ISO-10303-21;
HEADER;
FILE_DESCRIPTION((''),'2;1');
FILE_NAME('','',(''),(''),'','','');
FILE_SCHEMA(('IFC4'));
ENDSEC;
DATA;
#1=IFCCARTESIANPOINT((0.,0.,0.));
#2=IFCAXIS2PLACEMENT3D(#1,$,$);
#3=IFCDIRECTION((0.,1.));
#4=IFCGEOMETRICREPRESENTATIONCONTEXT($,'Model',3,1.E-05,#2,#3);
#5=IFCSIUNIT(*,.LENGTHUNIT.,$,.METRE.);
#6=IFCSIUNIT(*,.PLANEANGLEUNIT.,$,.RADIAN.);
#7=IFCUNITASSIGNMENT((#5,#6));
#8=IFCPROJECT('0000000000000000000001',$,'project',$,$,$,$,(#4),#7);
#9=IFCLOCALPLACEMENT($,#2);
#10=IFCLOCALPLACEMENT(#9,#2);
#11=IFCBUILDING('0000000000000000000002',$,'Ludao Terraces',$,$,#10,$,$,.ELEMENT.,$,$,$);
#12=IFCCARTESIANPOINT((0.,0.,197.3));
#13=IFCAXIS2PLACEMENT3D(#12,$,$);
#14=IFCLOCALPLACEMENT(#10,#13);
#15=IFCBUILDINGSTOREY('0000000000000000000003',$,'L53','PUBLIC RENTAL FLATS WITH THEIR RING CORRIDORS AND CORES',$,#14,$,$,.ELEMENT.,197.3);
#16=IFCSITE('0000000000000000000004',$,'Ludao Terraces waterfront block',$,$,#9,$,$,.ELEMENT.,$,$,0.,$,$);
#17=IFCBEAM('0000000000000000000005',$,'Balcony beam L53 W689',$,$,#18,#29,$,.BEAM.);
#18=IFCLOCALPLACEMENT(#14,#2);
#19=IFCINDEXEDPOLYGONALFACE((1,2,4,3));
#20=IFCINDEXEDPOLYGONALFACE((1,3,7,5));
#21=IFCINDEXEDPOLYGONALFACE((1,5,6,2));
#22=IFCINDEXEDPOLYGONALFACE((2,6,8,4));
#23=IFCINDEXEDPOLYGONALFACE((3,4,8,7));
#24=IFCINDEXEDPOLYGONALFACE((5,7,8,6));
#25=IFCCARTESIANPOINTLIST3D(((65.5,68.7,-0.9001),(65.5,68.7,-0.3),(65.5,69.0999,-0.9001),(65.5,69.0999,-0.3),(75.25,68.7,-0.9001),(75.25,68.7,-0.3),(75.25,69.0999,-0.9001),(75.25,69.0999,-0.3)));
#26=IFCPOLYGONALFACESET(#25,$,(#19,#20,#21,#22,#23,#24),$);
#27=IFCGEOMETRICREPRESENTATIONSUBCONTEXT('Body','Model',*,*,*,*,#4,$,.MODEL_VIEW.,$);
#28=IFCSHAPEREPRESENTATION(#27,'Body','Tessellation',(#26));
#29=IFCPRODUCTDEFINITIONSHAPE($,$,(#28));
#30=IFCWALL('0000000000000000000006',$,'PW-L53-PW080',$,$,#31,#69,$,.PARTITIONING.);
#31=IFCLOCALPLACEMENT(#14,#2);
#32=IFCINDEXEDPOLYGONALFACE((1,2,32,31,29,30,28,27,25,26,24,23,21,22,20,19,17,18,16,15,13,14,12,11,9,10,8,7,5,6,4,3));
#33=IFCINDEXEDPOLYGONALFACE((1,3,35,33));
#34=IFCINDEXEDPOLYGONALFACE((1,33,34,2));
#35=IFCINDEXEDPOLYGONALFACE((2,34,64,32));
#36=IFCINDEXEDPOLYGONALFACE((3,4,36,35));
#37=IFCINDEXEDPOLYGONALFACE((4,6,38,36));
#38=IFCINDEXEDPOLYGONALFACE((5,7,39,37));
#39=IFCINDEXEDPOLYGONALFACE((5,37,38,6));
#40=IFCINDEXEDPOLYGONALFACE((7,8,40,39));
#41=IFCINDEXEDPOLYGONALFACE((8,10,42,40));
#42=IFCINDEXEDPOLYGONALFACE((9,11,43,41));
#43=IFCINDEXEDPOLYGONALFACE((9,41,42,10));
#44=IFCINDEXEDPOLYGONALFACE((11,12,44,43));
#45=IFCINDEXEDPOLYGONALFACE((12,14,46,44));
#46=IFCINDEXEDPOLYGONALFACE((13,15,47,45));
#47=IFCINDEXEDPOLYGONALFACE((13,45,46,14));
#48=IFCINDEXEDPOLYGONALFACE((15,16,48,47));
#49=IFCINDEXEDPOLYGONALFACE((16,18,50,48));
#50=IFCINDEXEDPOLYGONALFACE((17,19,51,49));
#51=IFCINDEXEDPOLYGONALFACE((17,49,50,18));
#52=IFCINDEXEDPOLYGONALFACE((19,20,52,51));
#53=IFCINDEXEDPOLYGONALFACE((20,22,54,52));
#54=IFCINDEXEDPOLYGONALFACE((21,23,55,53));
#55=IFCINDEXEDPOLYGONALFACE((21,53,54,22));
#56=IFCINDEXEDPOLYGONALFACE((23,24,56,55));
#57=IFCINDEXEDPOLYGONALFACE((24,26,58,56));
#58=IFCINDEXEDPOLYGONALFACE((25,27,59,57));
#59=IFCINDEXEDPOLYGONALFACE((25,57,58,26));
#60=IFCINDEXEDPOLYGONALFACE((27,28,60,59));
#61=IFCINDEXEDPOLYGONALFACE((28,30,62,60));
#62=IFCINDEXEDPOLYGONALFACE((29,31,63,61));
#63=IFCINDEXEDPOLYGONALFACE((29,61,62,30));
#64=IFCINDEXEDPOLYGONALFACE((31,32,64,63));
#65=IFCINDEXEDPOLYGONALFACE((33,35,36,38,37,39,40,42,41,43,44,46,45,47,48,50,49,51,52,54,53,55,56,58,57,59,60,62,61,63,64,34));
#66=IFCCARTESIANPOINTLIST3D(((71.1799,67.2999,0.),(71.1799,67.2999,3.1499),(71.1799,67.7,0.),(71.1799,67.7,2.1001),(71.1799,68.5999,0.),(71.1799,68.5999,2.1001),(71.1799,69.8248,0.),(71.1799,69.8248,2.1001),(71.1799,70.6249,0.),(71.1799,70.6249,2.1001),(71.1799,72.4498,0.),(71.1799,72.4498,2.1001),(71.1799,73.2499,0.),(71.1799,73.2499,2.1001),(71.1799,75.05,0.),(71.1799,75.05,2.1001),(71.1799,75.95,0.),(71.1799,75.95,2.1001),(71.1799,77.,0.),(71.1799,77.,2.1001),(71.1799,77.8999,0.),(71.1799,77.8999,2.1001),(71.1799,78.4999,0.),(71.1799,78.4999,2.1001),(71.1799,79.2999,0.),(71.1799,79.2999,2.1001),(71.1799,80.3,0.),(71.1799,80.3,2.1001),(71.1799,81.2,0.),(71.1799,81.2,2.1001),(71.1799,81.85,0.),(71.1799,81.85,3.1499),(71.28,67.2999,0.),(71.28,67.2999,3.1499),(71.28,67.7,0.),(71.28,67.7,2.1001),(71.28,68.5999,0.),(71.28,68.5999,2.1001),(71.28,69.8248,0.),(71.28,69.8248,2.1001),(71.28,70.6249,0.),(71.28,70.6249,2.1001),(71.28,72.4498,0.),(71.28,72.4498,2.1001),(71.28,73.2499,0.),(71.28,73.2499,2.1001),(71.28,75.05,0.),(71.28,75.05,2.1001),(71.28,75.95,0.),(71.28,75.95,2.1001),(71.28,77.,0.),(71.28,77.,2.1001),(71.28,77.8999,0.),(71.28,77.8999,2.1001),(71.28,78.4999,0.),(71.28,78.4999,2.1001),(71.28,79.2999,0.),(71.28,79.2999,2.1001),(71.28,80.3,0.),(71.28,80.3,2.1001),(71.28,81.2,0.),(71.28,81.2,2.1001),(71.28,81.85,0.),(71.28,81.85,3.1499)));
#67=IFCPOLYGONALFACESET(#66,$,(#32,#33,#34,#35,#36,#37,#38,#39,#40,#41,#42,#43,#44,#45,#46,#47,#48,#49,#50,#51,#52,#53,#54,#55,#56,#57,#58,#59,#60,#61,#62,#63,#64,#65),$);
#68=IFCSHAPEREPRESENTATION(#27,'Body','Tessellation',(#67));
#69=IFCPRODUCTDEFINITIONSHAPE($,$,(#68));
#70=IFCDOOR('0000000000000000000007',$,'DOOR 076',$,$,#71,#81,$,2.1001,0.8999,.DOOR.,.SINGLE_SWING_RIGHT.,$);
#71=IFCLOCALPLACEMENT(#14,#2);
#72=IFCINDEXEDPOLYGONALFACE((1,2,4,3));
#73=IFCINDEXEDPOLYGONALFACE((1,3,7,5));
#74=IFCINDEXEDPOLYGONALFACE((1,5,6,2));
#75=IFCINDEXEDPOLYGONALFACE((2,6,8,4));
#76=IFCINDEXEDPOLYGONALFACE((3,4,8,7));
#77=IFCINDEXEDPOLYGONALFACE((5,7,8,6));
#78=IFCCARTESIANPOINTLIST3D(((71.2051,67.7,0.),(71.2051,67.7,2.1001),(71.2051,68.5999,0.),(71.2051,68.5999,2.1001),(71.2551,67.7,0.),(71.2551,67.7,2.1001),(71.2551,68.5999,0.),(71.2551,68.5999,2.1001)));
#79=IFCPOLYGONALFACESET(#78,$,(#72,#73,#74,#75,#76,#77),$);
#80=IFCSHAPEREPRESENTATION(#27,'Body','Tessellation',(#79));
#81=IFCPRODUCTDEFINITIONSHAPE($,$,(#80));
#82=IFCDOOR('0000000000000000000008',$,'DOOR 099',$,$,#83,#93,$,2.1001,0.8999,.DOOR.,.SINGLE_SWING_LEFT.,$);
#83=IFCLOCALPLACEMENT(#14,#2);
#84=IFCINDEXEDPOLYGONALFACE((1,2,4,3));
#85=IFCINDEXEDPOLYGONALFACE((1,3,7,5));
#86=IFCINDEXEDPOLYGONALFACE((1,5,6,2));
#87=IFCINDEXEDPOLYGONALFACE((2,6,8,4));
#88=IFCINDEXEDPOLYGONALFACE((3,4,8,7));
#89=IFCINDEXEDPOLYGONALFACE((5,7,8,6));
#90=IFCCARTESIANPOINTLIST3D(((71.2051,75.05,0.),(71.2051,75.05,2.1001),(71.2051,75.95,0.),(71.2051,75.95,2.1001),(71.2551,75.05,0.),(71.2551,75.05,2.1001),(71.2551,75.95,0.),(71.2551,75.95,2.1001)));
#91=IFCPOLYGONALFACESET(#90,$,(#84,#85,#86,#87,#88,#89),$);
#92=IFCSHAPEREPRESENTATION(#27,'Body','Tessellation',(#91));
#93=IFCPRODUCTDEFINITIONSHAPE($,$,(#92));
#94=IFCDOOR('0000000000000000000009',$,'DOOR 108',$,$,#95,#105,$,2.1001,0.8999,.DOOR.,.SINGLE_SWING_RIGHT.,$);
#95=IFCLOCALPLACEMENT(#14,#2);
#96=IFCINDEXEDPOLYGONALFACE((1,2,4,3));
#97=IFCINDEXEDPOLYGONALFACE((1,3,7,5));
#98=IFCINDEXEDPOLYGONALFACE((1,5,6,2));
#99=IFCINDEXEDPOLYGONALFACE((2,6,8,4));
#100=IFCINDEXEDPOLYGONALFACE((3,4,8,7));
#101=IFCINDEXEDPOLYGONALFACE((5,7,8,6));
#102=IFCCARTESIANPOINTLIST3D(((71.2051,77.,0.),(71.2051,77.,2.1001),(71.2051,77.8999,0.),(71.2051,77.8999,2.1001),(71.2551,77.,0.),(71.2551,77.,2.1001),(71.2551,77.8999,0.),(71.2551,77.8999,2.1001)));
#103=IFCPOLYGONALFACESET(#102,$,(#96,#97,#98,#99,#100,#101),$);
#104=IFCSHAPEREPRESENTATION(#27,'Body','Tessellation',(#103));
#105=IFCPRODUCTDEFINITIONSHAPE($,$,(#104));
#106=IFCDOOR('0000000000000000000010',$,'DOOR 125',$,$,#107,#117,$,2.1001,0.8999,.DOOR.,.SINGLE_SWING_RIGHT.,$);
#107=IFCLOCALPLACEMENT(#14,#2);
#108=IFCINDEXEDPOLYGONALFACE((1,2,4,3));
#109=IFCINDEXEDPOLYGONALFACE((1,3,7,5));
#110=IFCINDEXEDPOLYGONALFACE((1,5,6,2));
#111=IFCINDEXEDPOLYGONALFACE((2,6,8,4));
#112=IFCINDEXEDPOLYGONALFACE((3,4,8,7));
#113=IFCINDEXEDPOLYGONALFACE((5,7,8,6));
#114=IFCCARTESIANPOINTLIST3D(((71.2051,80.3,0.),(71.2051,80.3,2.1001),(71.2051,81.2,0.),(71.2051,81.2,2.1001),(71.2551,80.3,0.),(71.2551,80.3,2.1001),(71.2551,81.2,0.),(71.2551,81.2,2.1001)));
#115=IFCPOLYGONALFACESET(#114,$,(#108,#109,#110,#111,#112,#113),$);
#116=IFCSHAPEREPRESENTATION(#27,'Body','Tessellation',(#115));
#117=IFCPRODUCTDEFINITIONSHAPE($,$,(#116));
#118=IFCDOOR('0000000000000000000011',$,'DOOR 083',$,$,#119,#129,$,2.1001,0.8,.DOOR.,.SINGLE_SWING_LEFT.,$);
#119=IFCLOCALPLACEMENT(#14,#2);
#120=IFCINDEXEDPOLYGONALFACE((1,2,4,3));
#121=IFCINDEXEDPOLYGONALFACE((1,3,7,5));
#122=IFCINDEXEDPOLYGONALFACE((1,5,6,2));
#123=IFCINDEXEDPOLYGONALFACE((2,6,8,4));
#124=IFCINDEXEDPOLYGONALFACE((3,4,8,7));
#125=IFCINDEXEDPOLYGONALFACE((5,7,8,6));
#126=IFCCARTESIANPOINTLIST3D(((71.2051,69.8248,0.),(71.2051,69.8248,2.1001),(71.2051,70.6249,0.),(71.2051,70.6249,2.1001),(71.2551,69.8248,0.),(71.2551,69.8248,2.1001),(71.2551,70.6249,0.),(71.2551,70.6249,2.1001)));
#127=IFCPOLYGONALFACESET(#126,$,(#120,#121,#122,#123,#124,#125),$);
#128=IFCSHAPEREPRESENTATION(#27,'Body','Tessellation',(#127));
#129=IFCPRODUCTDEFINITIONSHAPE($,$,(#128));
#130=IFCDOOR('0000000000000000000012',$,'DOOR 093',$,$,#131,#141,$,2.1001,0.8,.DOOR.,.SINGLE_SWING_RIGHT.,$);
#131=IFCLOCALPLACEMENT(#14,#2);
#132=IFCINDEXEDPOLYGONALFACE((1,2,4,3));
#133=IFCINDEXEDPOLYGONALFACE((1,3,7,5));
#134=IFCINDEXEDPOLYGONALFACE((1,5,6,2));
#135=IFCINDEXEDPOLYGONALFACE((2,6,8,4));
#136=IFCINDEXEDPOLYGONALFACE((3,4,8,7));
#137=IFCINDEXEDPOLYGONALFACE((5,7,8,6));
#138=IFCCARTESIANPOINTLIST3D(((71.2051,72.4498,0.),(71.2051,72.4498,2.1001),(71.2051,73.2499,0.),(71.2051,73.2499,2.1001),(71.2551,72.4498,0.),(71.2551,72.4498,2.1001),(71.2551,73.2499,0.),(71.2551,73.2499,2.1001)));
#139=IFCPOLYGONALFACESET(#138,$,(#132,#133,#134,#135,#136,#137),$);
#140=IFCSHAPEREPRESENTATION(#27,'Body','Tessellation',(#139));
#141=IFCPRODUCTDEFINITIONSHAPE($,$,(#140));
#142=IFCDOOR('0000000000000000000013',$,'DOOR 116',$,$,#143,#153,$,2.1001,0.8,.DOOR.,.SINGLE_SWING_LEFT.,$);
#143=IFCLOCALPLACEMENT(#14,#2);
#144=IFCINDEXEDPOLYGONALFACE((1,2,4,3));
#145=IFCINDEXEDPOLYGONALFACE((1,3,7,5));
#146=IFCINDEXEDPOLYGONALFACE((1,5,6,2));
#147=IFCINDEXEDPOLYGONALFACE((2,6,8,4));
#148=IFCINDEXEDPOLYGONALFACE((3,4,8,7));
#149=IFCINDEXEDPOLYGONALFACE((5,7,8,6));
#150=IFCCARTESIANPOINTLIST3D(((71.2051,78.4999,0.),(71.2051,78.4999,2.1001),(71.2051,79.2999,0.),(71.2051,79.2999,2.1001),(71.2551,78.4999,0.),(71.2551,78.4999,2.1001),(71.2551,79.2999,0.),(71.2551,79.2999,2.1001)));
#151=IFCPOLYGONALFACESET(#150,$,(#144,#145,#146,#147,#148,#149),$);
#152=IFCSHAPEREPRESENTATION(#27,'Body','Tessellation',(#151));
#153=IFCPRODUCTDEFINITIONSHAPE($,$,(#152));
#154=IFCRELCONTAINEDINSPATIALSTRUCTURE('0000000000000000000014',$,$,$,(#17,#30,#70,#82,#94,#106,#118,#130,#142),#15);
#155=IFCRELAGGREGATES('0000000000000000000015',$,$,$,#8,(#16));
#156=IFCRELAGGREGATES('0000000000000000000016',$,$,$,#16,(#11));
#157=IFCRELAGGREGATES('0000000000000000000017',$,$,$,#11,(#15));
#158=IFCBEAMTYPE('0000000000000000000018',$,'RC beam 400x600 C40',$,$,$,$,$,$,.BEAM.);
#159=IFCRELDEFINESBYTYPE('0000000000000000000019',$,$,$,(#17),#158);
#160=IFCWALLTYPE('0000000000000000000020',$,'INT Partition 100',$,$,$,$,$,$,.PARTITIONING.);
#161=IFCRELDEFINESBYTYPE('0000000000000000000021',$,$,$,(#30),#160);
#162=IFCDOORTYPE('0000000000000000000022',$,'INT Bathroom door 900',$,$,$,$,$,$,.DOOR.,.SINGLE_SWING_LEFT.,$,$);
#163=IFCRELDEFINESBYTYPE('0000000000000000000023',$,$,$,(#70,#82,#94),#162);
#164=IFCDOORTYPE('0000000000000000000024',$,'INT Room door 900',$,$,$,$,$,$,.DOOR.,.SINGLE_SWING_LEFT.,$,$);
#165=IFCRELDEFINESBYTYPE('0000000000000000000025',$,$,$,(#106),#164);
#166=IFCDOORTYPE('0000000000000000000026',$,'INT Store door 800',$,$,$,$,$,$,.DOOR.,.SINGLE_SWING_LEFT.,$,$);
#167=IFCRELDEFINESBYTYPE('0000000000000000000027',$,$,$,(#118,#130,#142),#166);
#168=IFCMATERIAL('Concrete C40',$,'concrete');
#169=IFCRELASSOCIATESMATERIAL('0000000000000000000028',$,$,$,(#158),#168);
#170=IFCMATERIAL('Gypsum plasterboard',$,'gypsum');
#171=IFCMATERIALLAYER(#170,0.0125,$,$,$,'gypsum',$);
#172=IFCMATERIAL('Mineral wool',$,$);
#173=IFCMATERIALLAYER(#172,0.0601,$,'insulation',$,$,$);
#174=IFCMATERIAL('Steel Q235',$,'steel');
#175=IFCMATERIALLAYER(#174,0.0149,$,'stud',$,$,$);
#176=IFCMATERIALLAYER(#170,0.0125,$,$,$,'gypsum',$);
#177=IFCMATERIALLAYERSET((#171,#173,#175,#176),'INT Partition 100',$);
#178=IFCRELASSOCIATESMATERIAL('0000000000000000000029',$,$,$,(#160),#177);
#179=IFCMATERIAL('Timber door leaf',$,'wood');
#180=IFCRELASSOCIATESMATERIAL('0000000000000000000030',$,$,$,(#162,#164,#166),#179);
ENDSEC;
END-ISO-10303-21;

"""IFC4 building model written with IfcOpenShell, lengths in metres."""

from ifc_helpers import new_model, si_unit, direction, frame, frame_2d, origin, origin_2d, place, context, subcontext, project, spatial, rectangle, extrude, material, layer, layer_set, material_profile, profile_set, type_object, element, fill, save


model = new_model("IFC4")

# Units and contexts
model_context = context("Model", 3, precision=1e-05, world=origin(), true_north=direction((0.0, 1.0)))
body_context = subcontext(model_context, "Body", "Model", "MODEL_VIEW")
ifc_project = project(units=[si_unit("LENGTHUNIT", "METRE"), si_unit("PLANEANGLEUNIT", "RADIAN")], contexts=[model_context])

# Site, building, storey
site_placement = place(None, origin())
site = spatial("IfcSite", under=ifc_project, at=site_placement, Name="Ludao Terraces waterfront block", CompositionType="ELEMENT", RefElevation=0.0)
building_placement = place(site_placement, origin())
building = spatial("IfcBuilding", under=site, at=building_placement, Name="Ludao Terraces", CompositionType="ELEMENT")
storey_placement = place(building_placement, frame((0.0, 0.0, 197.3)))
storey = spatial("IfcBuildingStorey", under=building, at=storey_placement, Name="L53", Description="PUBLIC RENTAL FLATS WITH THEIR RING CORRIDORS AND CORES", CompositionType="ELEMENT", Elevation=197.3)

# Beam
ifc_material_1 = material(Name="Concrete C40", Category="concrete")
ifc_material_profile = material_profile(ifc_material_1, rectangle(XDim=0.3999, YDim=0.6001, at=origin_2d()), Name="400 X 600")
ifc_profile_set = profile_set([ifc_material_profile], Name="Concrete C40")
beam_type = type_object("IfcBeamType", Name="RC beam 400x600 C40", PredefinedType="BEAM", material=ifc_profile_set)
beam_placement = place(storey_placement, frame((75.25, 68.8999, -0.6001), z_axis=(-1.0, 0.0, 0.0), x_axis=(0.0, -1.0, 0.0)))
element("IfcBeam", 1, at=beam_placement, inside=storey, type_object=beam_type, Name="Balcony beam L53 W689", PredefinedType="BEAM", context=body_context, shape_type="SweptSolid", body=[
    extrude(rectangle(XDim=0.3999, YDim=0.6001, at=origin_2d()), origin(), (0.0, 0.0, 1.0), 9.75),
])

# Wall, openings, doors
ifc_material_2 = material(Name="Gypsum plasterboard", Category="gypsum")
ifc_layer_1 = layer(ifc_material_2, 0.0125, Category="gypsum")
ifc_material_3 = material(Name="Mineral wool")
ifc_layer_2 = layer(ifc_material_3, 0.0601, Name="insulation")
ifc_material_4 = material(Name="Steel Q235", Category="steel")
ifc_layer_3 = layer(ifc_material_4, 0.0149, Name="stud")
ifc_layer_4 = layer(ifc_material_2, 0.0125, Category="gypsum")
ifc_layer_set_1 = layer_set([ifc_layer_1, ifc_layer_2, ifc_layer_3, ifc_layer_4], Name="INT Partition 100")
wall_type_1 = type_object("IfcWallType", Name="INT Partition 100", PredefinedType="PARTITIONING", material=ifc_layer_set_1)
wall_1_placement = place(storey_placement, frame((71.23, 67.3, 0.0), z_axis=(0.0, 0.0, 1.0), x_axis=(0.0, 1.0, 0.0)))
wall_1 = element("IfcWall", 2, at=wall_1_placement, inside=storey, type_object=wall_type_1, Name="PW-L53-PW080", PredefinedType="PARTITIONING", context=body_context, shape_type="SweptSolid", body=[
    extrude(rectangle(XDim=14.55, YDim=0.1001, at=frame_2d((7.2749, 0.0))), origin(), (0.0, 0.0, 1.0), 3.1499),
])
opening_1_placement = place(wall_1_placement, frame((0.3999, 0.0, 0.0)))
opening_1 = element("IfcOpeningElement", 3, at=opening_1_placement, cuts=wall_1, PredefinedType="OPENING", context=body_context, shape_type="SweptSolid", body=[
    extrude(rectangle(XDim=0.8999, YDim=2.1001, at=frame_2d((0.45, 1.05))), frame((0.0, 0.0601, 0.0), z_axis=(0.0, -1.0, 0.0), x_axis=(1.0, 0.0, 0.0)), (0.0, 0.0, 1.0), 0.1201),
])
opening_2_placement = place(wall_1_placement, frame((2.5249, 0.0, 0.0)))
opening_2 = element("IfcOpeningElement", 4, at=opening_2_placement, cuts=wall_1, PredefinedType="OPENING", context=body_context, shape_type="SweptSolid", body=[
    extrude(rectangle(XDim=0.8, YDim=2.1001, at=frame_2d((0.3999, 1.05))), frame((0.0, 0.0601, 0.0), z_axis=(0.0, -1.0, 0.0), x_axis=(1.0, 0.0, 0.0)), (0.0, 0.0, 1.0), 0.1201),
])
opening_3_placement = place(wall_1_placement, frame((5.1499, 0.0, 0.0)))
opening_3 = element("IfcOpeningElement", 5, at=opening_3_placement, cuts=wall_1, PredefinedType="OPENING", context=body_context, shape_type="SweptSolid", body=[
    extrude(rectangle(XDim=0.8, YDim=2.1001, at=frame_2d((0.3999, 1.05))), frame((0.0, 0.0601, 0.0), z_axis=(0.0, -1.0, 0.0), x_axis=(1.0, 0.0, 0.0)), (0.0, 0.0, 1.0), 0.1201),
])
opening_4_placement = place(wall_1_placement, frame((7.75, 0.0, 0.0)))
opening_4 = element("IfcOpeningElement", 6, at=opening_4_placement, cuts=wall_1, PredefinedType="OPENING", context=body_context, shape_type="SweptSolid", body=[
    extrude(rectangle(XDim=0.8999, YDim=2.1001, at=frame_2d((0.45, 1.05))), frame((0.0, 0.0601, 0.0), z_axis=(0.0, -1.0, 0.0), x_axis=(1.0, 0.0, 0.0)), (0.0, 0.0, 1.0), 0.1201),
])
opening_5_placement = place(wall_1_placement, frame((9.7, 0.0, 0.0)))
opening_5 = element("IfcOpeningElement", 7, at=opening_5_placement, cuts=wall_1, PredefinedType="OPENING", context=body_context, shape_type="SweptSolid", body=[
    extrude(rectangle(XDim=0.8999, YDim=2.1001, at=frame_2d((0.45, 1.05))), frame((0.0, 0.0601, 0.0), z_axis=(0.0, -1.0, 0.0), x_axis=(1.0, 0.0, 0.0)), (0.0, 0.0, 1.0), 0.1201),
])
opening_6_placement = place(wall_1_placement, frame((11.2, 0.0, 0.0)))
opening_6 = element("IfcOpeningElement", 8, at=opening_6_placement, cuts=wall_1, PredefinedType="OPENING", context=body_context, shape_type="SweptSolid", body=[
    extrude(rectangle(XDim=0.8, YDim=2.1001, at=frame_2d((0.3999, 1.05))), frame((0.0, 0.0601, 0.0), z_axis=(0.0, -1.0, 0.0), x_axis=(1.0, 0.0, 0.0)), (0.0, 0.0, 1.0), 0.1201),
])
opening_7_placement = place(wall_1_placement, frame((13.0, 0.0, 0.0)))
opening_7 = element("IfcOpeningElement", 9, at=opening_7_placement, cuts=wall_1, PredefinedType="OPENING", context=body_context, shape_type="SweptSolid", body=[
    extrude(rectangle(XDim=0.8999, YDim=2.1001, at=frame_2d((0.45, 1.05))), frame((0.0, 0.0601, 0.0), z_axis=(0.0, -1.0, 0.0), x_axis=(1.0, 0.0, 0.0)), (0.0, 0.0, 1.0), 0.1201),
])
ifc_material_5 = material(Name="Timber door leaf", Category="wood")
door_type_1 = type_object("IfcDoorType", Name="INT Bathroom door 900", OperationType="SINGLE_SWING_LEFT", PredefinedType="DOOR", material=ifc_material_5)
door_1_placement = place(opening_1_placement, origin())
door_1 = element("IfcDoor", 10, at=door_1_placement, inside=storey, type_object=door_type_1, Name="DOOR 076", OperationType="SINGLE_SWING_RIGHT", OverallHeight=2.1001, OverallWidth=0.8999, PredefinedType="DOOR", context=body_context, shape_type="SweptSolid", body=[
    extrude(rectangle(XDim=0.8999, YDim=2.1001, at=frame_2d((0.45, 1.05))), frame((0.0, 0.0249, 0.0), z_axis=(0.0, -1.0, 0.0), x_axis=(1.0, 0.0, 0.0)), (0.0, 0.0, 1.0), 0.05),
])
fill(opening_1, door_1)
door_2_placement = place(opening_4_placement, origin())
door_2 = element("IfcDoor", 11, at=door_2_placement, inside=storey, type_object=door_type_1, Name="DOOR 099", OperationType="SINGLE_SWING_LEFT", OverallHeight=2.1001, OverallWidth=0.8999, PredefinedType="DOOR", context=body_context, shape_type="SweptSolid", body=[
    extrude(rectangle(XDim=0.8999, YDim=2.1001, at=frame_2d((0.45, 1.05))), frame((0.0, 0.0249, 0.0), z_axis=(0.0, -1.0, 0.0), x_axis=(1.0, 0.0, 0.0)), (0.0, 0.0, 1.0), 0.05),
])
fill(opening_4, door_2)
door_3_placement = place(opening_5_placement, origin())
door_3 = element("IfcDoor", 12, at=door_3_placement, inside=storey, type_object=door_type_1, Name="DOOR 108", OperationType="SINGLE_SWING_RIGHT", OverallHeight=2.1001, OverallWidth=0.8999, PredefinedType="DOOR", context=body_context, shape_type="SweptSolid", body=[
    extrude(rectangle(XDim=0.8999, YDim=2.1001, at=frame_2d((0.45, 1.05))), frame((0.0, 0.0249, 0.0), z_axis=(0.0, -1.0, 0.0), x_axis=(1.0, 0.0, 0.0)), (0.0, 0.0, 1.0), 0.05),
])
fill(opening_5, door_3)
door_type_2 = type_object("IfcDoorType", Name="INT Room door 900", OperationType="SINGLE_SWING_LEFT", PredefinedType="DOOR", material=ifc_material_5)
door_4_placement = place(opening_7_placement, origin())
door_4 = element("IfcDoor", 13, at=door_4_placement, inside=storey, type_object=door_type_2, Name="DOOR 125", OperationType="SINGLE_SWING_RIGHT", OverallHeight=2.1001, OverallWidth=0.8999, PredefinedType="DOOR", context=body_context, shape_type="SweptSolid", body=[
    extrude(rectangle(XDim=0.8999, YDim=2.1001, at=frame_2d((0.45, 1.05))), frame((0.0, 0.0249, 0.0), z_axis=(0.0, -1.0, 0.0), x_axis=(1.0, 0.0, 0.0)), (0.0, 0.0, 1.0), 0.05),
])
fill(opening_7, door_4)
door_type_3 = type_object("IfcDoorType", Name="INT Store door 800", OperationType="SINGLE_SWING_LEFT", PredefinedType="DOOR", material=ifc_material_5)
door_5_placement = place(opening_2_placement, origin())
door_5 = element("IfcDoor", 14, at=door_5_placement, inside=storey, type_object=door_type_3, Name="DOOR 083", OperationType="SINGLE_SWING_LEFT", OverallHeight=2.1001, OverallWidth=0.8, PredefinedType="DOOR", context=body_context, shape_type="SweptSolid", body=[
    extrude(rectangle(XDim=0.8, YDim=2.1001, at=frame_2d((0.3999, 1.05))), frame((0.0, 0.0249, 0.0), z_axis=(0.0, -1.0, 0.0), x_axis=(1.0, 0.0, 0.0)), (0.0, 0.0, 1.0), 0.05),
])
fill(opening_2, door_5)
door_6_placement = place(opening_3_placement, origin())
door_6 = element("IfcDoor", 15, at=door_6_placement, inside=storey, type_object=door_type_3, Name="DOOR 093", OperationType="SINGLE_SWING_RIGHT", OverallHeight=2.1001, OverallWidth=0.8, PredefinedType="DOOR", context=body_context, shape_type="SweptSolid", body=[
    extrude(rectangle(XDim=0.8, YDim=2.1001, at=frame_2d((0.3999, 1.05))), frame((0.0, 0.0249, 0.0), z_axis=(0.0, -1.0, 0.0), x_axis=(1.0, 0.0, 0.0)), (0.0, 0.0, 1.0), 0.05),
])
fill(opening_3, door_6)
door_7_placement = place(opening_6_placement, origin())
door_7 = element("IfcDoor", 16, at=door_7_placement, inside=storey, type_object=door_type_3, Name="DOOR 116", OperationType="SINGLE_SWING_LEFT", OverallHeight=2.1001, OverallWidth=0.8, PredefinedType="DOOR", context=body_context, shape_type="SweptSolid", body=[
    extrude(rectangle(XDim=0.8, YDim=2.1001, at=frame_2d((0.3999, 1.05))), frame((0.0, 0.0249, 0.0), z_axis=(0.0, -1.0, 0.0), x_axis=(1.0, 0.0, 0.0)), (0.0, 0.0, 1.0), 0.05),
])
fill(opening_6, door_7)

save(model, "model.ifc")
